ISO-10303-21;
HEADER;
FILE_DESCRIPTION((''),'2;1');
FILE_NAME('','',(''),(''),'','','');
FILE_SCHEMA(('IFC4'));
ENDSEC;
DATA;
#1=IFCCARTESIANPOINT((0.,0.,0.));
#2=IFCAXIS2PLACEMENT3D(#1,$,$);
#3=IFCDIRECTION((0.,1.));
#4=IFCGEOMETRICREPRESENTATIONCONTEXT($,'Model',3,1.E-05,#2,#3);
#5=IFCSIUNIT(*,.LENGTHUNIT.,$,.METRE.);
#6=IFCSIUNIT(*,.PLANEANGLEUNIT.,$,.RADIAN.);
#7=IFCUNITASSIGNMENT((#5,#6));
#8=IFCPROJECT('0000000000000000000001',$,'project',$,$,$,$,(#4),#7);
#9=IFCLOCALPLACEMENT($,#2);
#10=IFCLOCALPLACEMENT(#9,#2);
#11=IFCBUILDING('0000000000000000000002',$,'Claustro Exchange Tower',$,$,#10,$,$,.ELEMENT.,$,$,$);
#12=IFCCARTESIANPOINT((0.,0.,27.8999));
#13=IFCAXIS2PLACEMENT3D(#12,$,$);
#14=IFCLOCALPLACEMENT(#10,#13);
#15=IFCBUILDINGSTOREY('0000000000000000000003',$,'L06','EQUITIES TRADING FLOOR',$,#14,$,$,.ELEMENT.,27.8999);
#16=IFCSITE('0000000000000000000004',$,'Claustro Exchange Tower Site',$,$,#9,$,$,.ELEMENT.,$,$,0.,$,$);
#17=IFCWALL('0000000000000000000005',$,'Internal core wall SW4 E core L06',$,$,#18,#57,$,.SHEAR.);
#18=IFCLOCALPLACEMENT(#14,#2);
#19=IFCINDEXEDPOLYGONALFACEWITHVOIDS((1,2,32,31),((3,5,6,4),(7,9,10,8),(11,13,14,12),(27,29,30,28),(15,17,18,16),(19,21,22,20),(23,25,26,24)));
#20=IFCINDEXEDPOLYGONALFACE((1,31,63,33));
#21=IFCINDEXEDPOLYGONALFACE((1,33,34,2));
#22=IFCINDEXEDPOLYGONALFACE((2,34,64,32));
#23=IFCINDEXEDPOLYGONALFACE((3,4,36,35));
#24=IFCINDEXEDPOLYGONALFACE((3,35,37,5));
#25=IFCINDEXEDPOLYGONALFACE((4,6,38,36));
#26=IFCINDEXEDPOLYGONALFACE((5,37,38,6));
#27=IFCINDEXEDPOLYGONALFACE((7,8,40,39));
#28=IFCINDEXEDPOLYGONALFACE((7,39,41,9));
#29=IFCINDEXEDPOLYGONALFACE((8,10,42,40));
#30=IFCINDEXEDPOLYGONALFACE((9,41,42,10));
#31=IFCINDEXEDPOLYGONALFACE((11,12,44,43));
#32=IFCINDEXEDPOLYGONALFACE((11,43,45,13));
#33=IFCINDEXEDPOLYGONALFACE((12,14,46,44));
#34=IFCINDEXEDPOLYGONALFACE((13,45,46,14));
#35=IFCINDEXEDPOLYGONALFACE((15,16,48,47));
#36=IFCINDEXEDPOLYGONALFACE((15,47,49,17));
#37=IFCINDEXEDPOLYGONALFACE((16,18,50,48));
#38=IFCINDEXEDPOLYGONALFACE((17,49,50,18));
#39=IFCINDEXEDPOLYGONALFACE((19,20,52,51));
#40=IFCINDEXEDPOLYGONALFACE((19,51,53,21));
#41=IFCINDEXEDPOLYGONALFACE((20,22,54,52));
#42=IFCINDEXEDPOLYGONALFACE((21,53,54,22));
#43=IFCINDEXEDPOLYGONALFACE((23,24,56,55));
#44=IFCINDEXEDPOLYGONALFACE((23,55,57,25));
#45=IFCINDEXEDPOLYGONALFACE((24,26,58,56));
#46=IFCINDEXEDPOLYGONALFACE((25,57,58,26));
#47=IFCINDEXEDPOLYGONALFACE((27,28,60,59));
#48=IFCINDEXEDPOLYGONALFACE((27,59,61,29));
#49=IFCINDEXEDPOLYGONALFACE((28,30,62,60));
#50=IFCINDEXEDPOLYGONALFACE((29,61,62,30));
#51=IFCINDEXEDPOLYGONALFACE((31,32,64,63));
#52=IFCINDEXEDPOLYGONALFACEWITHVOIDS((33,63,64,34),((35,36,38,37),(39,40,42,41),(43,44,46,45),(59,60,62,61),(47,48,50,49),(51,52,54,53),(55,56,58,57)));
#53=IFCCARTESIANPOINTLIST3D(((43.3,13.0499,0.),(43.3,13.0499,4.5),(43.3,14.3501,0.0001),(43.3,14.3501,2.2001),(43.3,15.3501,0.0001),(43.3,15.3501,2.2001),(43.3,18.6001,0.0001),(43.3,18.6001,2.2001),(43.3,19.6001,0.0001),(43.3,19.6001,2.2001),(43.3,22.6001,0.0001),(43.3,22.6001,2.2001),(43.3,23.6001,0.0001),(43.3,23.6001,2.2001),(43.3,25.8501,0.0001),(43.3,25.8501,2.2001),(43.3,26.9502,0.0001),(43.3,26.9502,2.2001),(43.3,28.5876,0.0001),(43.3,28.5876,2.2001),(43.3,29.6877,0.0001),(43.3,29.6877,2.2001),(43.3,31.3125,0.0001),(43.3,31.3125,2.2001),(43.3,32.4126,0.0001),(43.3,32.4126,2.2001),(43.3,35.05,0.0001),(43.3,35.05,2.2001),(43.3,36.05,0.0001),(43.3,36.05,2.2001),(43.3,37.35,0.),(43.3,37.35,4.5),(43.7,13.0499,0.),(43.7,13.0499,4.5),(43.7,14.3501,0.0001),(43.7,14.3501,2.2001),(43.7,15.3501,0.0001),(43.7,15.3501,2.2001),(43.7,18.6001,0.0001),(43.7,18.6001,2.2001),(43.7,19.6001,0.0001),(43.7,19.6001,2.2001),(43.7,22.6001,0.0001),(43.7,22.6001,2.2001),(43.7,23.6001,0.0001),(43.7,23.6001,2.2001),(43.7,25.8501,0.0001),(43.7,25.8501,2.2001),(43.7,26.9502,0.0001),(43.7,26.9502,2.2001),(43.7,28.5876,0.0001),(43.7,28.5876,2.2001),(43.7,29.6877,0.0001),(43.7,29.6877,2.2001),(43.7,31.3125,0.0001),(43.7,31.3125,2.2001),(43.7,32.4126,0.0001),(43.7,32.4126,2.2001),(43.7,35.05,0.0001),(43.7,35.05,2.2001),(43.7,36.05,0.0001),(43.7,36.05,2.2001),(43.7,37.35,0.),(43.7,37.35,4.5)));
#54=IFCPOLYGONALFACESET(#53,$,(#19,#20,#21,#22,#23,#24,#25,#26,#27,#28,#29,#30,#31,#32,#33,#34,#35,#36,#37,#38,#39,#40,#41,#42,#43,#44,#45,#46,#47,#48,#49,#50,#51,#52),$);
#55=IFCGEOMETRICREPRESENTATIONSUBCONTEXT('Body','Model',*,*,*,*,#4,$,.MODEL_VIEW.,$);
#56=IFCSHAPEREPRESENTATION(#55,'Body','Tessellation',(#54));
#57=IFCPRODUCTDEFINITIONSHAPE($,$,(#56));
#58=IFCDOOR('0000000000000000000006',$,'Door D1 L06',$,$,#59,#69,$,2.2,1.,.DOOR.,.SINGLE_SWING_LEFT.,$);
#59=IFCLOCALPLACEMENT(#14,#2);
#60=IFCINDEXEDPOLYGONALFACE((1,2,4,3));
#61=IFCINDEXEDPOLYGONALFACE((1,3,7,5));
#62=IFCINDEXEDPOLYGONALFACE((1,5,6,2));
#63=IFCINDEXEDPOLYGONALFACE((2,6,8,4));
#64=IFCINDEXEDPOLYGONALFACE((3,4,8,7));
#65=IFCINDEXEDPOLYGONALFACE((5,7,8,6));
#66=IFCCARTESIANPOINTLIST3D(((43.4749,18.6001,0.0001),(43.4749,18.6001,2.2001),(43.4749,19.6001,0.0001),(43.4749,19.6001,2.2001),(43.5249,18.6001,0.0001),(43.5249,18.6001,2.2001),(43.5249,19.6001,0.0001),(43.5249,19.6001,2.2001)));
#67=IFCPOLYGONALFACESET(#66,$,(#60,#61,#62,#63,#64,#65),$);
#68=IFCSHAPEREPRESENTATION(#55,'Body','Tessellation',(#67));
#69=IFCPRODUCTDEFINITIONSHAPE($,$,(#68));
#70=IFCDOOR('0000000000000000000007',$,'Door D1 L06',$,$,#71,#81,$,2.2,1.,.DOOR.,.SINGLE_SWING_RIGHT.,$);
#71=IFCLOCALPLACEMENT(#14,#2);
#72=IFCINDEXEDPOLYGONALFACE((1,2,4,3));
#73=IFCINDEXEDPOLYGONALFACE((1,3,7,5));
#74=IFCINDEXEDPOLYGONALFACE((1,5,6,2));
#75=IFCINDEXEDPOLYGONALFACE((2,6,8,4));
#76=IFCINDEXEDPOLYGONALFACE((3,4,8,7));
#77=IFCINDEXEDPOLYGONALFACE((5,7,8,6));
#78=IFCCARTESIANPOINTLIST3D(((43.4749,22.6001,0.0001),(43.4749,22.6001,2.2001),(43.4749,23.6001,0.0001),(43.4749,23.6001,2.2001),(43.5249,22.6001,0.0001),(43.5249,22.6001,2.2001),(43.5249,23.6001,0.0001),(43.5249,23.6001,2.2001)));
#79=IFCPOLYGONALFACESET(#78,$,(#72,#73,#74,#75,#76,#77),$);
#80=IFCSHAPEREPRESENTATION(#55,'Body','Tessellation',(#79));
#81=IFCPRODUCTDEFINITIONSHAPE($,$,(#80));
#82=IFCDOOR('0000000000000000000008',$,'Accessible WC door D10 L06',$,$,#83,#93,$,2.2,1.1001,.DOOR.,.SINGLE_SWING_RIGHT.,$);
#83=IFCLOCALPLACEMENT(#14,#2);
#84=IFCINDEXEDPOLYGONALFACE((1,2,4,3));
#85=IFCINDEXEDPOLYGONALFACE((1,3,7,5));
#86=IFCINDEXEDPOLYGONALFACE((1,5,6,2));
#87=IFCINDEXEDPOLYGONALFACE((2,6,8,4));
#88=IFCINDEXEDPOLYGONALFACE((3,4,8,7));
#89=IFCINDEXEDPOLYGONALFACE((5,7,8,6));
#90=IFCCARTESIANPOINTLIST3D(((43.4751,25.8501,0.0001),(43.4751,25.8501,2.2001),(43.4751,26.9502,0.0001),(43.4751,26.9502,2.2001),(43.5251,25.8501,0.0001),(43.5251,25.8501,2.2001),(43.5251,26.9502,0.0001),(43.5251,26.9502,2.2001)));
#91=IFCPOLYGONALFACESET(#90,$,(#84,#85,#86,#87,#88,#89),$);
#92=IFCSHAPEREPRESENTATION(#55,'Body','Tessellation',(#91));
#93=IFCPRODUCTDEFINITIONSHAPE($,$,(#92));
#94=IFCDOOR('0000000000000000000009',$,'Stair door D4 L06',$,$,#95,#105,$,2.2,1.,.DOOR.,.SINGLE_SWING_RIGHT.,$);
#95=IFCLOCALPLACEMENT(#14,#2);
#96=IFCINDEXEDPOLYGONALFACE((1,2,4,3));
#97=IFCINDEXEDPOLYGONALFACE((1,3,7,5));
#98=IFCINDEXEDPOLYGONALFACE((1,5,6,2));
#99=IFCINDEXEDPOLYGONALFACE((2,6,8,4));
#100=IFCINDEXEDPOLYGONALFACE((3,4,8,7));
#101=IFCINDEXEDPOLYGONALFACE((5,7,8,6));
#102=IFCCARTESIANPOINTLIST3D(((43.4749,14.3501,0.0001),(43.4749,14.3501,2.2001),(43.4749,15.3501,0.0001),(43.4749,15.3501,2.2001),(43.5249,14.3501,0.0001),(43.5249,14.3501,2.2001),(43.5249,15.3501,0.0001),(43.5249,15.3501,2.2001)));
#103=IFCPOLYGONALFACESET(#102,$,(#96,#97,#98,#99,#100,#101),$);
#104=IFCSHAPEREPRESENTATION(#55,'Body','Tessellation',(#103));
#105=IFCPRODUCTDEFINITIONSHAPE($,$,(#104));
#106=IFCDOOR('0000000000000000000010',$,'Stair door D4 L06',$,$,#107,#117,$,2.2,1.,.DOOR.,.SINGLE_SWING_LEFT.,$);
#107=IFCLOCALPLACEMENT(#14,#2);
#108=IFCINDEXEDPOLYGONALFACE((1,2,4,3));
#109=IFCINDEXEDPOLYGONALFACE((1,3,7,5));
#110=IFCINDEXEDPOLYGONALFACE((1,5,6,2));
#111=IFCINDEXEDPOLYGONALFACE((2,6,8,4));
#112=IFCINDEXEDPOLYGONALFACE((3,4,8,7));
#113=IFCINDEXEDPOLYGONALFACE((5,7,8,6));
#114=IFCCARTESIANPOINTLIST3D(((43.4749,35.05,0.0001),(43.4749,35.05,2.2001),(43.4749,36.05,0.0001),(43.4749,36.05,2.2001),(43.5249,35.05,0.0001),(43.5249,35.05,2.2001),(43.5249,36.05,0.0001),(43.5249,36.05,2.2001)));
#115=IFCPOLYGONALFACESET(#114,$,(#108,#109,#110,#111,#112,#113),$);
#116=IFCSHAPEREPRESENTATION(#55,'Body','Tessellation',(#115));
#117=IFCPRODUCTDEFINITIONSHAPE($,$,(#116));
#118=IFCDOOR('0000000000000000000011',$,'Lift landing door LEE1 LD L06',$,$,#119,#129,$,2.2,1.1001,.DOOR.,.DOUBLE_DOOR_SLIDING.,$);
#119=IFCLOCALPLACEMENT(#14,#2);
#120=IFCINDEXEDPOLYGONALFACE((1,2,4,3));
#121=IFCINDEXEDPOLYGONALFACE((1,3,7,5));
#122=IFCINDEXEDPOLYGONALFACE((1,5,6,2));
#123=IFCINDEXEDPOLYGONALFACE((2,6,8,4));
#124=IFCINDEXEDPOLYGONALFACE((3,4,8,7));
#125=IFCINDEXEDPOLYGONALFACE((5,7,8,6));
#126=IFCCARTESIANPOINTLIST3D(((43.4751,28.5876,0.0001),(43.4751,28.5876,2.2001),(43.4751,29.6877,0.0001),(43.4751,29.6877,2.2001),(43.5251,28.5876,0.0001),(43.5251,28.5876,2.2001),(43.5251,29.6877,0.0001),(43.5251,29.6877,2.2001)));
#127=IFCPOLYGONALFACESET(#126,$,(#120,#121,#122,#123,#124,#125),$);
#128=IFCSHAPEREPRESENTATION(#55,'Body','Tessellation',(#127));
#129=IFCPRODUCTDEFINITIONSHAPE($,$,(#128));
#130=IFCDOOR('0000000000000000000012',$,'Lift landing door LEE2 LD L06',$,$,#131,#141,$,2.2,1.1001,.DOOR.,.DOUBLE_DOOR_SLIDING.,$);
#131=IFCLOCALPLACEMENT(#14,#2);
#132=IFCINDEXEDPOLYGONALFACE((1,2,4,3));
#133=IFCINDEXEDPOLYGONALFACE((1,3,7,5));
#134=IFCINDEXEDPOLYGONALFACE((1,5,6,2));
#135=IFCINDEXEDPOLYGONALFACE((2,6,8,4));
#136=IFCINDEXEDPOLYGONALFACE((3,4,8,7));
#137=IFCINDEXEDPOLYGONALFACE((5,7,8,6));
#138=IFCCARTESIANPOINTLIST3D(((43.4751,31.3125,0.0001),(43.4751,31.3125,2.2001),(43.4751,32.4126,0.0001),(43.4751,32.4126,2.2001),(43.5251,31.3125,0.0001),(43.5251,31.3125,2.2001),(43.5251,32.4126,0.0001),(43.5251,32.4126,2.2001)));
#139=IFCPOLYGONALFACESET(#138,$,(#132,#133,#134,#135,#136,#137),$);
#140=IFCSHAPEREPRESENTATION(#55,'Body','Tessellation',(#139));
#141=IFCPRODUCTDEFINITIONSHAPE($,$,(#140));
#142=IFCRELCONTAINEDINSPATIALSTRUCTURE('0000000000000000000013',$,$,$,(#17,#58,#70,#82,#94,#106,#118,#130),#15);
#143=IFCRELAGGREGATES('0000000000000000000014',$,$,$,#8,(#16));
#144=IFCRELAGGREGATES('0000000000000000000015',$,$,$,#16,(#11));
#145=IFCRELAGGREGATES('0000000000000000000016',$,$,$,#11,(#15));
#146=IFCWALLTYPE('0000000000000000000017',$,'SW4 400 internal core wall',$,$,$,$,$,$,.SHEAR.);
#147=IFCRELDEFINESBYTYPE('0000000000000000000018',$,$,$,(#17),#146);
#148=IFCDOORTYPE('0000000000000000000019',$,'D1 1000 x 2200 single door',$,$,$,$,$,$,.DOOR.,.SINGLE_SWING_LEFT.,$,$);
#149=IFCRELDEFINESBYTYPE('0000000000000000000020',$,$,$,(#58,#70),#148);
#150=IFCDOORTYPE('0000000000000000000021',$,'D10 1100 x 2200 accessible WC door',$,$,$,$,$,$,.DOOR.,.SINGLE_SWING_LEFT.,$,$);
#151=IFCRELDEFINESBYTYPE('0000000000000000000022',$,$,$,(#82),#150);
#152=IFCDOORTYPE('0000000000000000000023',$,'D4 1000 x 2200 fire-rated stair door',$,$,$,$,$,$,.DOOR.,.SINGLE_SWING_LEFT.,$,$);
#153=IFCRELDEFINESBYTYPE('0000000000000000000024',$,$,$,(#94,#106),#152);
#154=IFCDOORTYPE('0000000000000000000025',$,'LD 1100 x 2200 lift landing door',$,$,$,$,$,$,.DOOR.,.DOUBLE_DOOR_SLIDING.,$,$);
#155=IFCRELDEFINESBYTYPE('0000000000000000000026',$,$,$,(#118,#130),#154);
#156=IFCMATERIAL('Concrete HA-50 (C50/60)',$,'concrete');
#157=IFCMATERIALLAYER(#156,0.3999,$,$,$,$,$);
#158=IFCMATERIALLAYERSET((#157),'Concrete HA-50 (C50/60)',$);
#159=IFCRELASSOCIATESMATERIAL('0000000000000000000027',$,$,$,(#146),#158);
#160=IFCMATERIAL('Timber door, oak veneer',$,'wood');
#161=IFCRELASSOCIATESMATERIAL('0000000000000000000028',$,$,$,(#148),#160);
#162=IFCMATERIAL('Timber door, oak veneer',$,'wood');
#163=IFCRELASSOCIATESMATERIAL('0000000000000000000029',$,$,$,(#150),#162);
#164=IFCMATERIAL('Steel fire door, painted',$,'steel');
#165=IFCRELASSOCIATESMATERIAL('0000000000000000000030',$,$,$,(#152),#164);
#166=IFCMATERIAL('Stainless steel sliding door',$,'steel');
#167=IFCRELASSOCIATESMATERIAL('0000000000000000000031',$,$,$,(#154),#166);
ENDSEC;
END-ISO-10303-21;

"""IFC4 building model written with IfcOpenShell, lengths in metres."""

from ifc_helpers import new_model, si_unit, direction, frame, frame_2d, origin, place, context, subcontext, project, spatial, rectangle, extrude, material, layer, layer_set, type_object, element, fill, save


model = new_model("IFC4")

# Units and contexts
model_context = context("Model", 3, precision=1e-05, world=origin(), true_north=direction((0.0, 1.0)))
body_context = subcontext(model_context, "Body", "Model", "MODEL_VIEW")
ifc_project = project(units=[si_unit("LENGTHUNIT", "METRE"), si_unit("PLANEANGLEUNIT", "RADIAN")], contexts=[model_context])

# Site, building, storey
site_placement = place(None, origin())
site = spatial("IfcSite", under=ifc_project, at=site_placement, Name="Claustro Exchange Tower Site", CompositionType="ELEMENT", RefElevation=0.0)
building_placement = place(site_placement, origin())
building = spatial("IfcBuilding", under=site, at=building_placement, Name="Claustro Exchange Tower", CompositionType="ELEMENT")
storey_placement = place(building_placement, frame((0.0, 0.0, 27.8999)))
storey = spatial("IfcBuildingStorey", under=building, at=storey_placement, Name="L06", Description="EQUITIES TRADING FLOOR", CompositionType="ELEMENT", Elevation=27.8999)

# Wall, openings, doors
ifc_material_1 = material(Name="Concrete HA-50 (C50/60)", Category="concrete")
ifc_layer_1 = layer(ifc_material_1, 0.3999)
ifc_layer_set_1 = layer_set([ifc_layer_1], Name="Concrete HA-50 (C50/60)")
wall_type_1 = type_object("IfcWallType", Name="SW4 400 internal core wall", PredefinedType="SHEAR", material=ifc_layer_set_1)
wall_1_placement = place(storey_placement, frame((43.5, 13.05, 0.0), z_axis=(0.0, 0.0, 1.0), x_axis=(0.0, 1.0, 0.0)))
wall_1 = element("IfcWall", 1, at=wall_1_placement, inside=storey, type_object=wall_type_1, Name="Internal core wall SW4 E core L06", PredefinedType="SHEAR", context=body_context, shape_type="SweptSolid", body=[
    extrude(rectangle(XDim=24.3, YDim=0.3999, at=frame_2d((12.1499, 0.0))), origin(), (0.0, 0.0, 1.0), 4.5),
])
opening_1_placement = place(wall_1_placement, frame((1.3, 0.0, 0.0)))
opening_1 = element("IfcOpeningElement", 2, at=opening_1_placement, cuts=wall_1, PredefinedType="OPENING", context=body_context, shape_type="SweptSolid", body=[
    extrude(rectangle(XDim=1.0, YDim=2.2, at=frame_2d((0.5, 1.1001))), frame((0.0, 0.21, 0.0), z_axis=(0.0, -1.0, 0.0), x_axis=(1.0, 0.0, 0.0)), (0.0, 0.0, 1.0), 0.4199),
])
opening_2_placement = place(wall_1_placement, frame((22.0, 0.0, 0.0)))
opening_2 = element("IfcOpeningElement", 3, at=opening_2_placement, cuts=wall_1, PredefinedType="OPENING", context=body_context, shape_type="SweptSolid", body=[
    extrude(rectangle(XDim=1.0, YDim=2.2, at=frame_2d((0.5, 1.1001))), frame((0.0, 0.21, 0.0), z_axis=(0.0, -1.0, 0.0), x_axis=(1.0, 0.0, 0.0)), (0.0, 0.0, 1.0), 0.4199),
])
opening_3_placement = place(wall_1_placement, frame((5.55, 0.0, 0.0)))
opening_3 = element("IfcOpeningElement", 4, at=opening_3_placement, cuts=wall_1, PredefinedType="OPENING", context=body_context, shape_type="SweptSolid", body=[
    extrude(rectangle(XDim=1.0, YDim=2.2, at=frame_2d((0.5, 1.1001))), frame((0.0, 0.21, 0.0), z_axis=(0.0, -1.0, 0.0), x_axis=(1.0, 0.0, 0.0)), (0.0, 0.0, 1.0), 0.4199),
])
opening_4_placement = place(wall_1_placement, frame((9.55, 0.0, 0.0)))
opening_4 = element("IfcOpeningElement", 5, at=opening_4_placement, cuts=wall_1, PredefinedType="OPENING", context=body_context, shape_type="SweptSolid", body=[
    extrude(rectangle(XDim=1.0, YDim=2.2, at=frame_2d((0.5, 1.1001))), frame((0.0, 0.21, 0.0), z_axis=(0.0, -1.0, 0.0), x_axis=(1.0, 0.0, 0.0)), (0.0, 0.0, 1.0), 0.4199),
])
opening_5_placement = place(wall_1_placement, frame((12.8, 0.0, 0.0)))
opening_5 = element("IfcOpeningElement", 6, at=opening_5_placement, cuts=wall_1, PredefinedType="OPENING", context=body_context, shape_type="SweptSolid", body=[
    extrude(rectangle(XDim=1.1001, YDim=2.2, at=frame_2d((0.55, 1.1001))), frame((0.0, 0.21, 0.0), z_axis=(0.0, -1.0, 0.0), x_axis=(1.0, 0.0, 0.0)), (0.0, 0.0, 1.0), 0.4199),
])
opening_6_placement = place(wall_1_placement, frame((15.5376, 0.0, 0.0)))
opening_6 = element("IfcOpeningElement", 7, at=opening_6_placement, cuts=wall_1, PredefinedType="OPENING", context=body_context, shape_type="SweptSolid", body=[
    extrude(rectangle(XDim=1.1001, YDim=2.2, at=frame_2d((0.55, 1.1001))), frame((0.0, 0.21, 0.0), z_axis=(0.0, -1.0, 0.0), x_axis=(1.0, 0.0, 0.0)), (0.0, 0.0, 1.0), 0.4199),
])
opening_7_placement = place(wall_1_placement, frame((18.2625, 0.0, 0.0)))
opening_7 = element("IfcOpeningElement", 8, at=opening_7_placement, cuts=wall_1, PredefinedType="OPENING", context=body_context, shape_type="SweptSolid", body=[
    extrude(rectangle(XDim=1.1001, YDim=2.2, at=frame_2d((0.55, 1.1001))), frame((0.0, 0.21, 0.0), z_axis=(0.0, -1.0, 0.0), x_axis=(1.0, 0.0, 0.0)), (0.0, 0.0, 1.0), 0.4199),
])
ifc_material_2 = material(Name="Timber door, oak veneer", Category="wood")
door_type_1 = type_object("IfcDoorType", Name="D1 1000 x 2200 single door", OperationType="SINGLE_SWING_LEFT", PredefinedType="DOOR", material=ifc_material_2)
door_1_placement = place(opening_3_placement, frame((1.0, 0.0, 0.0), z_axis=(0.0, 0.0, 1.0), x_axis=(-1.0, 0.0, 0.0)))
door_1 = element("IfcDoor", 9, at=door_1_placement, inside=storey, type_object=door_type_1, Name="Door D1 L06", OperationType="SINGLE_SWING_LEFT", OverallHeight=2.2, OverallWidth=1.0, PredefinedType="DOOR", context=body_context, shape_type="SweptSolid", body=[
    extrude(rectangle(XDim=1.0, YDim=2.2, at=frame_2d((0.5, 1.1001))), frame((0.0, 0.0249, 0.0), z_axis=(0.0, -1.0, 0.0), x_axis=(1.0, 0.0, 0.0)), (0.0, 0.0, 1.0), 0.05),
])
fill(opening_3, door_1)
door_2_placement = place(opening_4_placement, frame((1.0, 0.0, 0.0), z_axis=(0.0, 0.0, 1.0), x_axis=(-1.0, 0.0, 0.0)))
door_2 = element("IfcDoor", 10, at=door_2_placement, inside=storey, type_object=door_type_1, Name="Door D1 L06", OperationType="SINGLE_SWING_RIGHT", OverallHeight=2.2, OverallWidth=1.0, PredefinedType="DOOR", context=body_context, shape_type="SweptSolid", body=[
    extrude(rectangle(XDim=1.0, YDim=2.2, at=frame_2d((0.5, 1.1001))), frame((0.0, 0.0249, 0.0), z_axis=(0.0, -1.0, 0.0), x_axis=(1.0, 0.0, 0.0)), (0.0, 0.0, 1.0), 0.05),
])
fill(opening_4, door_2)
ifc_material_3 = material(Name="Timber door, oak veneer", Category="wood")
door_type_2 = type_object("IfcDoorType", Name="D10 1100 x 2200 accessible WC door", OperationType="SINGLE_SWING_LEFT", PredefinedType="DOOR", material=ifc_material_3)
door_3_placement = place(opening_5_placement, origin())
door_3 = element("IfcDoor", 11, at=door_3_placement, inside=storey, type_object=door_type_2, Name="Accessible WC door D10 L06", OperationType="SINGLE_SWING_RIGHT", OverallHeight=2.2, OverallWidth=1.1001, PredefinedType="DOOR", context=body_context, shape_type="SweptSolid", body=[
    extrude(rectangle(XDim=1.1001, YDim=2.2, at=frame_2d((0.55, 1.1001))), frame((0.0, 0.0249, 0.0), z_axis=(0.0, -1.0, 0.0), x_axis=(1.0, 0.0, 0.0)), (0.0, 0.0, 1.0), 0.05),
])
fill(opening_5, door_3)
ifc_material_4 = material(Name="Steel fire door, painted", Category="steel")
door_type_3 = type_object("IfcDoorType", Name="D4 1000 x 2200 fire-rated stair door", OperationType="SINGLE_SWING_LEFT", PredefinedType="DOOR", material=ifc_material_4)
door_4_placement = place(opening_1_placement, frame((1.0, 0.0, 0.0), z_axis=(0.0, 0.0, 1.0), x_axis=(-1.0, 0.0, 0.0)))
door_4 = element("IfcDoor", 12, at=door_4_placement, inside=storey, type_object=door_type_3, Name="Stair door D4 L06", OperationType="SINGLE_SWING_RIGHT", OverallHeight=2.2, OverallWidth=1.0, PredefinedType="DOOR", context=body_context, shape_type="SweptSolid", body=[
    extrude(rectangle(XDim=1.0, YDim=2.2, at=frame_2d((0.5, 1.1001))), frame((0.0, 0.0249, 0.0), z_axis=(0.0, -1.0, 0.0), x_axis=(1.0, 0.0, 0.0)), (0.0, 0.0, 1.0), 0.05),
])
fill(opening_1, door_4)
door_5_placement = place(opening_2_placement, frame((1.0, 0.0, 0.0), z_axis=(0.0, 0.0, 1.0), x_axis=(-1.0, 0.0, 0.0)))
door_5 = element("IfcDoor", 13, at=door_5_placement, inside=storey, type_object=door_type_3, Name="Stair door D4 L06", OperationType="SINGLE_SWING_LEFT", OverallHeight=2.2, OverallWidth=1.0, PredefinedType="DOOR", context=body_context, shape_type="SweptSolid", body=[
    extrude(rectangle(XDim=1.0, YDim=2.2, at=frame_2d((0.5, 1.1001))), frame((0.0, 0.0249, 0.0), z_axis=(0.0, -1.0, 0.0), x_axis=(1.0, 0.0, 0.0)), (0.0, 0.0, 1.0), 0.05),
])
fill(opening_2, door_5)
ifc_material_5 = material(Name="Stainless steel sliding door", Category="steel")
door_type_4 = type_object("IfcDoorType", Name="LD 1100 x 2200 lift landing door", OperationType="DOUBLE_DOOR_SLIDING", PredefinedType="DOOR", material=ifc_material_5)
door_6_placement = place(opening_6_placement, origin())
door_6 = element("IfcDoor", 14, at=door_6_placement, inside=storey, type_object=door_type_4, Name="Lift landing door LEE1 LD L06", OperationType="DOUBLE_DOOR_SLIDING", OverallHeight=2.2, OverallWidth=1.1001, PredefinedType="DOOR", context=body_context, shape_type="SweptSolid", body=[
    extrude(rectangle(XDim=1.1001, YDim=2.2, at=frame_2d((0.55, 1.1001))), frame((0.0, 0.0249, 0.0), z_axis=(0.0, -1.0, 0.0), x_axis=(1.0, 0.0, 0.0)), (0.0, 0.0, 1.0), 0.05),
])
fill(opening_6, door_6)
door_7_placement = place(opening_7_placement, origin())
door_7 = element("IfcDoor", 15, at=door_7_placement, inside=storey, type_object=door_type_4, Name="Lift landing door LEE2 LD L06", OperationType="DOUBLE_DOOR_SLIDING", OverallHeight=2.2, OverallWidth=1.1001, PredefinedType="DOOR", context=body_context, shape_type="SweptSolid", body=[
    extrude(rectangle(XDim=1.1001, YDim=2.2, at=frame_2d((0.55, 1.1001))), frame((0.0, 0.0249, 0.0), z_axis=(0.0, -1.0, 0.0), x_axis=(1.0, 0.0, 0.0)), (0.0, 0.0, 1.0), 0.05),
])
fill(opening_7, door_7)

save(model, "model.ifc")
